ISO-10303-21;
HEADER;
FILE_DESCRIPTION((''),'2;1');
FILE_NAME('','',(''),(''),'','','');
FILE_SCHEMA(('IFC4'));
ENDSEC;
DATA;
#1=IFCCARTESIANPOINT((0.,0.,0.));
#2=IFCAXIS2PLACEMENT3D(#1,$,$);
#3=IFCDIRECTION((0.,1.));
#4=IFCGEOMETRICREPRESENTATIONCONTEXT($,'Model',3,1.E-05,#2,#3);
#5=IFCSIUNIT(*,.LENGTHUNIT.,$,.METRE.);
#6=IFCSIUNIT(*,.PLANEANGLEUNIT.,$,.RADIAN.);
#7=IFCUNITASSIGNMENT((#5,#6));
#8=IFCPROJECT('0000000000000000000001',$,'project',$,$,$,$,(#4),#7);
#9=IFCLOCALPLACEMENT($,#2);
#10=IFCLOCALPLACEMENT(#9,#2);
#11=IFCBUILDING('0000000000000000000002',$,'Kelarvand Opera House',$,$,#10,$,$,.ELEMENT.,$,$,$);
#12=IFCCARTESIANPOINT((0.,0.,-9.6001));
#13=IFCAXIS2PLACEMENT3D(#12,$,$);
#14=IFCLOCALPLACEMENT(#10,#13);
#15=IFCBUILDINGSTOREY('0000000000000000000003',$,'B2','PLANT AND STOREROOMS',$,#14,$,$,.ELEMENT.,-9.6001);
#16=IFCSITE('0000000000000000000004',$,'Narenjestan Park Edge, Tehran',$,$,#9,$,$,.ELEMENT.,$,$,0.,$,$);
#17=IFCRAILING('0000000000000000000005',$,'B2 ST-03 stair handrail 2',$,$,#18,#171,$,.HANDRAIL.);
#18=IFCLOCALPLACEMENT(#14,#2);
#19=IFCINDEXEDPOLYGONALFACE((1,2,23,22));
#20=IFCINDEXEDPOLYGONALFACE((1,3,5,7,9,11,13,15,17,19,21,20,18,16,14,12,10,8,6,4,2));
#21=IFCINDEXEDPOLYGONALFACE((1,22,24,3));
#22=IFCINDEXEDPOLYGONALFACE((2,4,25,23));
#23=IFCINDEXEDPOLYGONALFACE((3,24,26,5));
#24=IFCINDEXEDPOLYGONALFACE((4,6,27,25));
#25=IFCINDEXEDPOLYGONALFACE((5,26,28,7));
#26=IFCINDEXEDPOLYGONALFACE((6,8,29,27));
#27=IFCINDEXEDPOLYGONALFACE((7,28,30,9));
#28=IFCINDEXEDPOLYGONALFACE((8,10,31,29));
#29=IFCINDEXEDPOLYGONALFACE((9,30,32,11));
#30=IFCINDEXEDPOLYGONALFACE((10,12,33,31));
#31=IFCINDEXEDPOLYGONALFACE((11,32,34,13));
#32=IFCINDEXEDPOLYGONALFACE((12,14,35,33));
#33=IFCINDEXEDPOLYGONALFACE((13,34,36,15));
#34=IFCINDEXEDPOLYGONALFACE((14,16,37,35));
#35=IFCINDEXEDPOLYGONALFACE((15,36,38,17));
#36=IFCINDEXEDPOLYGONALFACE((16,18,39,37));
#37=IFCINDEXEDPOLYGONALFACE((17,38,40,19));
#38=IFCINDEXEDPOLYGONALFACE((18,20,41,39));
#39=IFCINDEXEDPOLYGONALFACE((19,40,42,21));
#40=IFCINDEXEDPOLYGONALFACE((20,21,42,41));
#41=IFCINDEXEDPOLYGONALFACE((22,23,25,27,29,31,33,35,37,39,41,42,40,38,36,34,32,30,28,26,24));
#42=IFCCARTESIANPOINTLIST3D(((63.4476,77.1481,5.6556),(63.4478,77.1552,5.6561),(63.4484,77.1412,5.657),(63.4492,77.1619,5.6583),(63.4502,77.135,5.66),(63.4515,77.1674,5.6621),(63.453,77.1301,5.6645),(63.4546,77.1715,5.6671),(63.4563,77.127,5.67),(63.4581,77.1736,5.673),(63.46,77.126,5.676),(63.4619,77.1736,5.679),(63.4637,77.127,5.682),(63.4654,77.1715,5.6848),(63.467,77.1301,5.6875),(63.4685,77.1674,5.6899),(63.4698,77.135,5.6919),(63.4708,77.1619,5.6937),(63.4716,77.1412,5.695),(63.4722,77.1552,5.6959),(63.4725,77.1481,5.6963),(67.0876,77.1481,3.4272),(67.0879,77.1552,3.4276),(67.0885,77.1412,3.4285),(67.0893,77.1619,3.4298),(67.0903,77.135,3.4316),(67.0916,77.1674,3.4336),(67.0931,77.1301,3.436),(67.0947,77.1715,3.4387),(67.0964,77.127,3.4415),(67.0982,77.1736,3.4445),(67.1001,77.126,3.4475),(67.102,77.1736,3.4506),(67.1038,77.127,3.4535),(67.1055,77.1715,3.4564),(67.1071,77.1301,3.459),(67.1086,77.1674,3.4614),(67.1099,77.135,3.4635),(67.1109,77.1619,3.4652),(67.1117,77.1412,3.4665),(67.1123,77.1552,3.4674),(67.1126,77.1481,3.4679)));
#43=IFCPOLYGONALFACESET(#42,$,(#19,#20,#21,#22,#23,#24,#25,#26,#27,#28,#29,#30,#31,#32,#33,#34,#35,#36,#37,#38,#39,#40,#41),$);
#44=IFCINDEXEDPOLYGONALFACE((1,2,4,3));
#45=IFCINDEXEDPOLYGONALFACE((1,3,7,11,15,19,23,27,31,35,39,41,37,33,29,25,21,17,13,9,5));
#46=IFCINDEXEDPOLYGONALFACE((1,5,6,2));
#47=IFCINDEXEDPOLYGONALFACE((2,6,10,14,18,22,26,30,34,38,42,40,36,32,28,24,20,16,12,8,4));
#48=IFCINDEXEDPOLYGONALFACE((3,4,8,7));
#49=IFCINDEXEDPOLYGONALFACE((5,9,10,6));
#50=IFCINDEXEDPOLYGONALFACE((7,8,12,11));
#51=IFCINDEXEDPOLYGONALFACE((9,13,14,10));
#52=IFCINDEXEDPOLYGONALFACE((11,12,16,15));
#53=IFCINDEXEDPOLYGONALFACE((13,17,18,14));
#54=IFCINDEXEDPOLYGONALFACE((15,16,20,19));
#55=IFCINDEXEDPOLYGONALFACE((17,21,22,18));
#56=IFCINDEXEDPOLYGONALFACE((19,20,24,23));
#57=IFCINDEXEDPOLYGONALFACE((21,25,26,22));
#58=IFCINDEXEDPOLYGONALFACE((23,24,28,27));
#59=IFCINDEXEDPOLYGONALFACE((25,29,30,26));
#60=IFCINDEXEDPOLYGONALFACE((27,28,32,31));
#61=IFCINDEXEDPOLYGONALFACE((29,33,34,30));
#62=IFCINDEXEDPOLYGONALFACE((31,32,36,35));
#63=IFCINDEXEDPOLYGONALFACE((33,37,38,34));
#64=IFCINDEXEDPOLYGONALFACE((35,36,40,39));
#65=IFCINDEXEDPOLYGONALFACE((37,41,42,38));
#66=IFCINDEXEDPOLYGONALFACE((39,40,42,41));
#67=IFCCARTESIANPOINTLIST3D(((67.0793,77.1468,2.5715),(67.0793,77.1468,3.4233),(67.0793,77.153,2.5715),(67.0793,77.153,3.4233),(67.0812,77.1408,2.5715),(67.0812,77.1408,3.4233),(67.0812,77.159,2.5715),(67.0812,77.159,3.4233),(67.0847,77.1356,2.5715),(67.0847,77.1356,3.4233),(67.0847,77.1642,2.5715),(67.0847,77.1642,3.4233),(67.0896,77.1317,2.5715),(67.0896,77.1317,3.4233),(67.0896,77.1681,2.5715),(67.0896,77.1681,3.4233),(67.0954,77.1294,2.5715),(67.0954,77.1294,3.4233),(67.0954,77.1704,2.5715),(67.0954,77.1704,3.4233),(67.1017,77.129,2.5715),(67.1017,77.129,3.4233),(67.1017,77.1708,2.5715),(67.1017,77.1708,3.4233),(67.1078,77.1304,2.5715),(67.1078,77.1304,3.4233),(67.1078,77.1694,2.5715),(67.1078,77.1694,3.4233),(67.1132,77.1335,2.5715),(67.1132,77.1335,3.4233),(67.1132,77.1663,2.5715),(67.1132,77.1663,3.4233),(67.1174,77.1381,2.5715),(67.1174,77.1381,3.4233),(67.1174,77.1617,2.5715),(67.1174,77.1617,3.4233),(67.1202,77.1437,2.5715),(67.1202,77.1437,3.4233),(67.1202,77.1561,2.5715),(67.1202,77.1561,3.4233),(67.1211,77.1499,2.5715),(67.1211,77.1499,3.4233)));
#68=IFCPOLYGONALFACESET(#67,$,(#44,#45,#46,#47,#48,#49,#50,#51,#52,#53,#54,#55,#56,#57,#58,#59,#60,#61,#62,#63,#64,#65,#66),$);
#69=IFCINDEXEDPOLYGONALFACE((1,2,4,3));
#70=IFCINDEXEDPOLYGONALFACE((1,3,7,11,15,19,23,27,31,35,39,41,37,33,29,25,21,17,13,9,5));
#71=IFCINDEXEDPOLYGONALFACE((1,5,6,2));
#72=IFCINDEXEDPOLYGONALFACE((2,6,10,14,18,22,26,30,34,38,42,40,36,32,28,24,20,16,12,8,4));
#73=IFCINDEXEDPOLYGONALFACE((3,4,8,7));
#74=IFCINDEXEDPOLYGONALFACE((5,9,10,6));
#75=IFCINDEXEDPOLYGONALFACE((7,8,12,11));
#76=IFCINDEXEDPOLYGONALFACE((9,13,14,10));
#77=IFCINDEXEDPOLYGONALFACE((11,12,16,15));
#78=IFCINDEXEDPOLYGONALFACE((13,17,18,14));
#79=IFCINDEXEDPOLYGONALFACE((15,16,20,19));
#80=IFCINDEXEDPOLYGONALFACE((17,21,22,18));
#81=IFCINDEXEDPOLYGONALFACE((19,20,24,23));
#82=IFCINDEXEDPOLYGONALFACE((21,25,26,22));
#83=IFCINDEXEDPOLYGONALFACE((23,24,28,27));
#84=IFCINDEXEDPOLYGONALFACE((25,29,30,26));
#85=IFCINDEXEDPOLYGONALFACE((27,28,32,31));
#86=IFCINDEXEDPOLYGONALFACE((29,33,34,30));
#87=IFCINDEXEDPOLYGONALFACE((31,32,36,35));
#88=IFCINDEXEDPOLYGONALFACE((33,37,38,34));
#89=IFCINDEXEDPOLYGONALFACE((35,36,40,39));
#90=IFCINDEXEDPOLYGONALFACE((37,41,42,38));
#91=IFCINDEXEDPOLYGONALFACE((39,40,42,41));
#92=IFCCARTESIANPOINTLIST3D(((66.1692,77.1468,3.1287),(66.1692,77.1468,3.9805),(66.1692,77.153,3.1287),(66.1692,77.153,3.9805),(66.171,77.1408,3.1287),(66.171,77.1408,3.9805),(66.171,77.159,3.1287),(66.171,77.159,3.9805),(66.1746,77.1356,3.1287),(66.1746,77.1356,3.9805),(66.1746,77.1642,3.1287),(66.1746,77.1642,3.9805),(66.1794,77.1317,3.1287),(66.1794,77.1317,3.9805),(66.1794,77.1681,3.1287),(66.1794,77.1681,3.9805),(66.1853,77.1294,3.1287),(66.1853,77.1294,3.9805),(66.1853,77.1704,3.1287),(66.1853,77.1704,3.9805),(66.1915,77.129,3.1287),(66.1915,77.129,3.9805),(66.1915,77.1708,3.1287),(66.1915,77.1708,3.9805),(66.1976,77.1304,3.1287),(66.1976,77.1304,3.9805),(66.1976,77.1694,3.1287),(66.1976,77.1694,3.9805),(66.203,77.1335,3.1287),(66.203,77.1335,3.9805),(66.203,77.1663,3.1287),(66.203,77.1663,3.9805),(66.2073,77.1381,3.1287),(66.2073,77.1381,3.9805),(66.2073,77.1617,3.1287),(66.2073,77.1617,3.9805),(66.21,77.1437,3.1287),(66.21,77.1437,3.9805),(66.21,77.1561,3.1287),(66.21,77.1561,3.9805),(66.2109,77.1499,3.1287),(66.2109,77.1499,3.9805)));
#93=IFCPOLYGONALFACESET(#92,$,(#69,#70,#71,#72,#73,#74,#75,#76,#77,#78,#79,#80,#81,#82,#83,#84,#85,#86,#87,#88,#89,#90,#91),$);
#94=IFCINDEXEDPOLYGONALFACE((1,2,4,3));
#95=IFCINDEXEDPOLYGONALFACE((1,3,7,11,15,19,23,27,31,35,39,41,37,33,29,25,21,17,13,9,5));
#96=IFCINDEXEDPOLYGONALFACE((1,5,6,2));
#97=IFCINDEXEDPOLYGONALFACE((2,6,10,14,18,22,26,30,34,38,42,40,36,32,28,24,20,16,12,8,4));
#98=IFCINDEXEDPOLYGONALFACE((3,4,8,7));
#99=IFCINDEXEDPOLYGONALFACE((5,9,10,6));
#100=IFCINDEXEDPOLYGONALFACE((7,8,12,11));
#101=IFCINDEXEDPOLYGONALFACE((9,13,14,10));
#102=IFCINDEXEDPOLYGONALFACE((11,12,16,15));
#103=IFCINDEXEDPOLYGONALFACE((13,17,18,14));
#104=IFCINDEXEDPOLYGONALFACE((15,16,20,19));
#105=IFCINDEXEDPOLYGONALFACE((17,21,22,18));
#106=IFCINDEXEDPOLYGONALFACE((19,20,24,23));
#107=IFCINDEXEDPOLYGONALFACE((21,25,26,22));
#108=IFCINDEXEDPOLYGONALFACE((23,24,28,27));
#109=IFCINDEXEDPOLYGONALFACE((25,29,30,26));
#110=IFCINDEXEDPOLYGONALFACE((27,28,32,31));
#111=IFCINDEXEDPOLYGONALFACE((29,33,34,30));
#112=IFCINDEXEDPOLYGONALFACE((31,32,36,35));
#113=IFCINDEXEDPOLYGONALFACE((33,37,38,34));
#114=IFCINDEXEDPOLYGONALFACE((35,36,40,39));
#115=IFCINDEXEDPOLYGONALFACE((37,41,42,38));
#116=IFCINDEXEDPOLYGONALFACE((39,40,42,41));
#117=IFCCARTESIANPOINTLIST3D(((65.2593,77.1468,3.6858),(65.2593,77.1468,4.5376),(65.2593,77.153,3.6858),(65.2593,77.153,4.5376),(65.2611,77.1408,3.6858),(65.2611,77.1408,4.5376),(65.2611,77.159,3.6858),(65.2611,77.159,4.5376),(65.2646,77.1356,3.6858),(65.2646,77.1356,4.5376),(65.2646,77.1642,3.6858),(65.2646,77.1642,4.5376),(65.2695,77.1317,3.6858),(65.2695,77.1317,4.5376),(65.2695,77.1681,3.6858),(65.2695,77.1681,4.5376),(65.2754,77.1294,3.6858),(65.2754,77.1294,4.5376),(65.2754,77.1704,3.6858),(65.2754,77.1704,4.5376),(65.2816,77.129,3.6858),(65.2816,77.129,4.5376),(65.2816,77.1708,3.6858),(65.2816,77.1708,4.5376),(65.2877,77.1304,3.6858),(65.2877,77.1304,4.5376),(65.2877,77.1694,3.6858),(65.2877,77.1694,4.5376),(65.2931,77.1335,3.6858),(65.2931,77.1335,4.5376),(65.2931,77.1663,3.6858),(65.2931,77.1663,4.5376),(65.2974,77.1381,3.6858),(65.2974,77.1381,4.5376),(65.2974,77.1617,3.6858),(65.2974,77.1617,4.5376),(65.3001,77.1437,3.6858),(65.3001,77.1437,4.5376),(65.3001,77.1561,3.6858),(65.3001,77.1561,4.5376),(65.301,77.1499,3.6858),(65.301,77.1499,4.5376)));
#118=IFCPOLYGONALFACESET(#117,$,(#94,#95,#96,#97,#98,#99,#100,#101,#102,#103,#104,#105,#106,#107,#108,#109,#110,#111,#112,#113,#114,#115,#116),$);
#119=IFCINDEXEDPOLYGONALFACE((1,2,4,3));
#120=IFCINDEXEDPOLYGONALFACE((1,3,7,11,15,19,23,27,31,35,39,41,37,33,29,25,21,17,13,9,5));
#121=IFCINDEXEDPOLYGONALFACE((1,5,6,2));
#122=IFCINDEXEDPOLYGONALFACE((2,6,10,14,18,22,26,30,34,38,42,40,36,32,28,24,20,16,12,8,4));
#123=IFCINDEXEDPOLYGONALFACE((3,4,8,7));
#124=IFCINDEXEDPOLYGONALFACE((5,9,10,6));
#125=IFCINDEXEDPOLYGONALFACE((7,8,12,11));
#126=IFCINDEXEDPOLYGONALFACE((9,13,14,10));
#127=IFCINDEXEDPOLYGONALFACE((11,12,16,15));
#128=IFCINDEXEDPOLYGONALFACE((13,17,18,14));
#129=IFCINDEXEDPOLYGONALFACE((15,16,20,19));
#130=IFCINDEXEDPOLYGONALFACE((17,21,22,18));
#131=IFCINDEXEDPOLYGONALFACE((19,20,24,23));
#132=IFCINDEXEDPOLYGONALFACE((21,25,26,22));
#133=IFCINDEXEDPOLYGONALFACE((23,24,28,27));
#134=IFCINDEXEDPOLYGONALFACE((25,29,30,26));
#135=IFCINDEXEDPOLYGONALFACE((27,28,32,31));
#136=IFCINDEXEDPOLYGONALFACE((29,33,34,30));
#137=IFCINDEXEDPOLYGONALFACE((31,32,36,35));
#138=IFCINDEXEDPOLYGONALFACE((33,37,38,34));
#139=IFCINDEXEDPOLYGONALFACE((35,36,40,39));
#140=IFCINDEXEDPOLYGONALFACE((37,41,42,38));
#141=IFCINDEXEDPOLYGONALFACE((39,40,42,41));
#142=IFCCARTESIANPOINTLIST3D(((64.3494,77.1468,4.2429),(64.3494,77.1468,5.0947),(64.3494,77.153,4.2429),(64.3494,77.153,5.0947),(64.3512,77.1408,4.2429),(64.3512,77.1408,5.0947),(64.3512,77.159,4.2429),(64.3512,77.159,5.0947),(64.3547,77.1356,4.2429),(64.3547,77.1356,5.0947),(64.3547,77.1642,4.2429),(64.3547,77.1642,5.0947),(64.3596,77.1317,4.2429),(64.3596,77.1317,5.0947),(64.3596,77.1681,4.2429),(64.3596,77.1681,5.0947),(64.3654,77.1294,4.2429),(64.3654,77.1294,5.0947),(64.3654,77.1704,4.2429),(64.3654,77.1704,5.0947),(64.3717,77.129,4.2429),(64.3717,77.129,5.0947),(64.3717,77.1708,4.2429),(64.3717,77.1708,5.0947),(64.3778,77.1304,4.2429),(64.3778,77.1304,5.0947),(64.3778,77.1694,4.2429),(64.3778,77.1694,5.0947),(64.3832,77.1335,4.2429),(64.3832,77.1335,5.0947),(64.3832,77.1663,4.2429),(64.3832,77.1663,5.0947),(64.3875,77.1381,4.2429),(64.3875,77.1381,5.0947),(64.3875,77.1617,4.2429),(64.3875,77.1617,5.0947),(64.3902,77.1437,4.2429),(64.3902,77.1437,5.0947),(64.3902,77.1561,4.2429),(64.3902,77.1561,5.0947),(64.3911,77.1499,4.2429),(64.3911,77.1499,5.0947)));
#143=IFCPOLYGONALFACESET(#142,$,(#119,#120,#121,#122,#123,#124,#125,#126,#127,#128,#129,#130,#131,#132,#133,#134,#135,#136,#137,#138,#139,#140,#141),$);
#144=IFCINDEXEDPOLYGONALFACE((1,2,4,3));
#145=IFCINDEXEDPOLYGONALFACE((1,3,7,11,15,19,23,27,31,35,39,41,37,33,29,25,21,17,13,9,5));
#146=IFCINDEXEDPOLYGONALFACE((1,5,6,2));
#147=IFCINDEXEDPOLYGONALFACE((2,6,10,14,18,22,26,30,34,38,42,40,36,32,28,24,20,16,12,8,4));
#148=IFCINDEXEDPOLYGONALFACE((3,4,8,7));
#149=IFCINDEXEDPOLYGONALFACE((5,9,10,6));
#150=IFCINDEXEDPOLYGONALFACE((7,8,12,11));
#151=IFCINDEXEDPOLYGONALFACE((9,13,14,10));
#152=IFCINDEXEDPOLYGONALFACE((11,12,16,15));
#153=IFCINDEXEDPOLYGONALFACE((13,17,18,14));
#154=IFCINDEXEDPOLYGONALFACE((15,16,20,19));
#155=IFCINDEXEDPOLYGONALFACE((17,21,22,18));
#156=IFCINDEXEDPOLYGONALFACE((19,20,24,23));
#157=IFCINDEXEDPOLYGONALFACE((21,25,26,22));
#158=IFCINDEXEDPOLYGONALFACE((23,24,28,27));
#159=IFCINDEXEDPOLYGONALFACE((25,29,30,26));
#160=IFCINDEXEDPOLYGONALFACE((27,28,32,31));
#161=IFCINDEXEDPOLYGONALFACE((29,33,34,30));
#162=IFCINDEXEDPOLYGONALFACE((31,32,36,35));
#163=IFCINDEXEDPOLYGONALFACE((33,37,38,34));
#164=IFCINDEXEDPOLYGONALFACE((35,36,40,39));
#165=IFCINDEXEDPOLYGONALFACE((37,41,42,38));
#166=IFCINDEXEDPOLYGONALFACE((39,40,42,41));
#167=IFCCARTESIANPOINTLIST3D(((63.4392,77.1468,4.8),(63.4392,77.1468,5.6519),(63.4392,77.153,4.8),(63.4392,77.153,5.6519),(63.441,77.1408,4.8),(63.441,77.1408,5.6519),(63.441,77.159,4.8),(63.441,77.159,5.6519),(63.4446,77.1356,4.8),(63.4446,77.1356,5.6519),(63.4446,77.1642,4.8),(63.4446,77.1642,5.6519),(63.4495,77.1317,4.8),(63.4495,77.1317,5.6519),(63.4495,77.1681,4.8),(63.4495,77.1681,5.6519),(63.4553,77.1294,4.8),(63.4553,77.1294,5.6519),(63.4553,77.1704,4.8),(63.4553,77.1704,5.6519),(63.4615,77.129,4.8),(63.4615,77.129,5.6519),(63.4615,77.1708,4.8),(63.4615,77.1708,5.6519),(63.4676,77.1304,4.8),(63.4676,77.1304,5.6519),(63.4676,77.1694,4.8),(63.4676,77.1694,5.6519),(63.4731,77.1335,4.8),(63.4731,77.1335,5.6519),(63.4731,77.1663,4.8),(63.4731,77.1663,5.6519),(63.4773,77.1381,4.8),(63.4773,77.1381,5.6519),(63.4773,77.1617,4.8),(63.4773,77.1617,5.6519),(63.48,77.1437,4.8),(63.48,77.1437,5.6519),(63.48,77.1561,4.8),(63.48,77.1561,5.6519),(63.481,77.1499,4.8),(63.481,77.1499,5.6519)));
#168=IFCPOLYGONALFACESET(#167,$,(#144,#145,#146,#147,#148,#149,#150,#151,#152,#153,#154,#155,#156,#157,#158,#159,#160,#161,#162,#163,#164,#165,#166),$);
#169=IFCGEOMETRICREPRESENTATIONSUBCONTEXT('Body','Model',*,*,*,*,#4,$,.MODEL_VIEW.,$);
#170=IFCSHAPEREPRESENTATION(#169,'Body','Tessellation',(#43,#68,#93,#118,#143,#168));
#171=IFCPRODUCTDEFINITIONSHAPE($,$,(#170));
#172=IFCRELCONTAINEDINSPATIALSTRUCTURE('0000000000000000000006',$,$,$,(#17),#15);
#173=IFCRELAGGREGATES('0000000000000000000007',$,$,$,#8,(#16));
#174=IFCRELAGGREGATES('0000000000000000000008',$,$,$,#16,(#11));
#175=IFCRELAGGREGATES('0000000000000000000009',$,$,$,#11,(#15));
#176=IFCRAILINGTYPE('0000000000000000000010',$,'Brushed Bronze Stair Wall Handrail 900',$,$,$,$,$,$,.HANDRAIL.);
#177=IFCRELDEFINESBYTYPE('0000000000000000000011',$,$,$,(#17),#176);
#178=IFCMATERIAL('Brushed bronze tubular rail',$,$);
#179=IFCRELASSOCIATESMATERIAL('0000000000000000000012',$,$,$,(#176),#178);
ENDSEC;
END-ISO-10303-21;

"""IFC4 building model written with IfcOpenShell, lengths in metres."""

from ifc_helpers import new_model, si_unit, direction, frame, origin, origin_2d, place, context, subcontext, project, spatial, circle, extrude, material, type_object, element, save


model = new_model("IFC4")

# Units and contexts
model_context = context("Model", 3, precision=1e-05, world=origin(), true_north=direction((0.0, 1.0)))
body_context = subcontext(model_context, "Body", "Model", "MODEL_VIEW")
ifc_project = project(units=[si_unit("LENGTHUNIT", "METRE"), si_unit("PLANEANGLEUNIT", "RADIAN")], contexts=[model_context])

# Site, building, storey
site_placement = place(None, origin())
site = spatial("IfcSite", under=ifc_project, at=site_placement, Name="Narenjestan Park Edge, Tehran", CompositionType="ELEMENT", RefElevation=0.0)
building_placement = place(site_placement, origin())
building = spatial("IfcBuilding", under=site, at=building_placement, Name="Kelarvand Opera House", CompositionType="ELEMENT")
storey_placement = place(building_placement, frame((0.0, 0.0, -9.6001)))
storey = spatial("IfcBuildingStorey", under=building, at=storey_placement, Name="B2", Description="PLANT AND STOREROOMS", CompositionType="ELEMENT", Elevation=-9.6001)

# Railing
ifc_material_1 = material(Name="Brushed bronze tubular rail")
railing_type = type_object("IfcRailingType", Name="Brushed Bronze Stair Wall Handrail 900", PredefinedType="HANDRAIL", material=ifc_material_1)
railing_placement = place(storey_placement, frame((67.1001, 77.1499, 2.5715)))
element("IfcRailing", 1, at=railing_placement, inside=storey, type_object=railing_type, Name="B2 ST-03 stair handrail 2", PredefinedType="HANDRAIL", context=body_context, shape_type="SweptSolid", body=[
    extrude(circle(Radius=0.0239, at=origin_2d()), frame((0.0, 0.0, 0.876), z_axis=(-0.852866, 0.0, 0.52213), x_axis=(0.0, -1.0, 0.0)), (0.0, 0.0, 1.0), 4.2681),
    extrude(circle(Radius=0.021, at=origin_2d()), origin(), (0.0, 0.0, 1.0), 0.8518),
    extrude(circle(Radius=0.021, at=origin_2d()), frame((-0.9102, 0.0, 0.5571)), (0.0, 0.0, 1.0), 0.8518),
    extrude(circle(Radius=0.021, at=origin_2d()), frame((-1.8201, 0.0, 1.1143)), (0.0, 0.0, 1.0), 0.8518),
    extrude(circle(Radius=0.021, at=origin_2d()), frame((-2.73, 0.0, 1.6714)), (0.0, 0.0, 1.0), 0.8518),
    extrude(circle(Radius=0.021, at=origin_2d()), frame((-3.6401, 0.0, 2.2285)), (0.0, 0.0, 1.0), 0.8518),
])

save(model, "model.ifc")
